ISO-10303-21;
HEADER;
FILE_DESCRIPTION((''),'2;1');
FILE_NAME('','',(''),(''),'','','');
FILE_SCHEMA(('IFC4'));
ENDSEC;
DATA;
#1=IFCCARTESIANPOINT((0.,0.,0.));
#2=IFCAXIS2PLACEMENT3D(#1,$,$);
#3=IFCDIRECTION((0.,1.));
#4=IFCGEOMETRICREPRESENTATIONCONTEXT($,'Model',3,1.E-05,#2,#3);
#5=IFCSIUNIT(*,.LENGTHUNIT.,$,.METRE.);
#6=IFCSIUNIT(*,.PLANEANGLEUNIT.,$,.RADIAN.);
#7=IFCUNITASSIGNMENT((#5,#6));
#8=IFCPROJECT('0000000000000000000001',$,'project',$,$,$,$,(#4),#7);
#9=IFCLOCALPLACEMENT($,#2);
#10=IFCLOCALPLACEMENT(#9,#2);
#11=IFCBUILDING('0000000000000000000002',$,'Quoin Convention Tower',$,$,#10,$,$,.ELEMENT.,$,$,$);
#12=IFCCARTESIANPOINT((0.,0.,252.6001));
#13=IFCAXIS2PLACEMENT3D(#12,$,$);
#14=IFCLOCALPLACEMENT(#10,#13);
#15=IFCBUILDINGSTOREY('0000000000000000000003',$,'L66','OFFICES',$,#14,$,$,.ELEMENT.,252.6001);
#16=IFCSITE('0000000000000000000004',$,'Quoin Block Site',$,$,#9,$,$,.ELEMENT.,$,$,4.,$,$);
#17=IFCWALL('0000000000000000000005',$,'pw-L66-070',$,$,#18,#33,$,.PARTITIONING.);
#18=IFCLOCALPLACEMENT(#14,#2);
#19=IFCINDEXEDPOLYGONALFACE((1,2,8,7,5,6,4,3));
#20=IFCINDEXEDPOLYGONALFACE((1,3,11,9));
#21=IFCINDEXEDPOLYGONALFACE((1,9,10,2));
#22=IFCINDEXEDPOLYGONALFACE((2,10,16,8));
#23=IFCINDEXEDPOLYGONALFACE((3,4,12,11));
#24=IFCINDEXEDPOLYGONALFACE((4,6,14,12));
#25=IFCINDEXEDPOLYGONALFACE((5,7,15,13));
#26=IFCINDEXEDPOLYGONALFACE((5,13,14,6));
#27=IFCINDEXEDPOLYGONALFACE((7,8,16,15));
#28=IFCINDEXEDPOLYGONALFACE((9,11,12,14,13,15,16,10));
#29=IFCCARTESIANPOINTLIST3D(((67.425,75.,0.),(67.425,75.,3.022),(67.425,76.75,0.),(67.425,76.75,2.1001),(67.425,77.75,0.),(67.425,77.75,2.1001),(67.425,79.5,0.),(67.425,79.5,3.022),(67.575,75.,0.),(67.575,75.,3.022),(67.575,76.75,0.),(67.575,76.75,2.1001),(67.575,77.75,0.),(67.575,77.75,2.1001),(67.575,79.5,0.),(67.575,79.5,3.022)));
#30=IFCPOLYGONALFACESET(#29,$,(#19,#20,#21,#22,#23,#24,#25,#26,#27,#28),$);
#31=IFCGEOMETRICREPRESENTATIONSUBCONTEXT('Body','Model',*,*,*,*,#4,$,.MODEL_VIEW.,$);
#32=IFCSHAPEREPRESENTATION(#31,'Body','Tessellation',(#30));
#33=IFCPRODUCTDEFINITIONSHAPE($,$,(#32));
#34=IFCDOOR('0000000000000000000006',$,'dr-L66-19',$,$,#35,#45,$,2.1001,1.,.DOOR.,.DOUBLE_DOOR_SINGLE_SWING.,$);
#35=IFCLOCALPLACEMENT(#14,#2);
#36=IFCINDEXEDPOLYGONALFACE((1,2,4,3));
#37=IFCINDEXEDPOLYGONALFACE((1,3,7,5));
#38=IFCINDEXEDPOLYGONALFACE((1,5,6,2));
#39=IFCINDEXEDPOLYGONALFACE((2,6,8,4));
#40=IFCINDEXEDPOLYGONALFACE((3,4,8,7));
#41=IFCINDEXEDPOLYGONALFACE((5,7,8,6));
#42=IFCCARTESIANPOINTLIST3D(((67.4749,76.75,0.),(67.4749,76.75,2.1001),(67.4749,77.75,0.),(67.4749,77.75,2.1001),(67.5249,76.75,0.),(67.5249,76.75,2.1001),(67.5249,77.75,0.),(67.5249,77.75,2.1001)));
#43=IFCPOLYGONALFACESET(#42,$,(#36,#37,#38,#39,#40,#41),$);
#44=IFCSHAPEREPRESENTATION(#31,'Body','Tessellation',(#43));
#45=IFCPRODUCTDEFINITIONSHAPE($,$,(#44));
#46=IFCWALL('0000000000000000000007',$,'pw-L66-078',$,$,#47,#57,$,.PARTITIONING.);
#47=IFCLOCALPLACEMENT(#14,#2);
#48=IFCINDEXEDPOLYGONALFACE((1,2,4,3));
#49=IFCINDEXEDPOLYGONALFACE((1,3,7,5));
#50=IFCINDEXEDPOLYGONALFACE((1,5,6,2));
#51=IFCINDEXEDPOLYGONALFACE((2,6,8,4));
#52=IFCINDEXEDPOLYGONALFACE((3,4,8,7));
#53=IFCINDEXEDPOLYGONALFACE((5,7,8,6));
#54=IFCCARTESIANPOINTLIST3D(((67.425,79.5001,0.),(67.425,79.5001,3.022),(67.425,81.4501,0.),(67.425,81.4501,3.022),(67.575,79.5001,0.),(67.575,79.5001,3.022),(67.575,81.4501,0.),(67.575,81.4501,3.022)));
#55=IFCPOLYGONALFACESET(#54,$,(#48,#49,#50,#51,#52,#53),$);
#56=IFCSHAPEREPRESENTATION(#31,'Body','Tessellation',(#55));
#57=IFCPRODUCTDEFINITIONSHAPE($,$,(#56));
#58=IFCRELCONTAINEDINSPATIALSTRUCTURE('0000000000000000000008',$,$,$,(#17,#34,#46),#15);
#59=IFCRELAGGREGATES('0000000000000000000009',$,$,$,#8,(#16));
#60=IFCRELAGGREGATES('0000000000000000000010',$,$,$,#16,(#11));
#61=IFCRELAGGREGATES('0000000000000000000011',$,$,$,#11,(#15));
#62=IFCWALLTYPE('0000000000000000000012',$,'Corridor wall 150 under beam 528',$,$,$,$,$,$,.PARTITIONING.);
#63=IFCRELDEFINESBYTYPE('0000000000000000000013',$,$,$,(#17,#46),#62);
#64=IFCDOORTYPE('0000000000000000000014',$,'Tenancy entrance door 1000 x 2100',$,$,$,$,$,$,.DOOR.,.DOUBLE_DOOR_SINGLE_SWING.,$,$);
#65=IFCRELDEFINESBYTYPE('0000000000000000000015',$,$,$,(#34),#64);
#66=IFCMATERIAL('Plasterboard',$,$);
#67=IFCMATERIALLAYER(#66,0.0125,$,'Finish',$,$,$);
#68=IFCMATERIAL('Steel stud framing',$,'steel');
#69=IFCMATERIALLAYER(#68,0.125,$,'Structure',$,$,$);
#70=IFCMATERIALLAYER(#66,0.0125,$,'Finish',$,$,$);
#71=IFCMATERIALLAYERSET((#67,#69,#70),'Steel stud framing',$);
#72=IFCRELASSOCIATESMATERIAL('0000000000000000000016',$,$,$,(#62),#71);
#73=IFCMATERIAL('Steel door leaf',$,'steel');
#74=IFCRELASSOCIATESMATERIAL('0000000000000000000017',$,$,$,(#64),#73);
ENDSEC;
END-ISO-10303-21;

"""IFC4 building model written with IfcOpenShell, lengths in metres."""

from ifc_helpers import new_model, si_unit, direction, frame, frame_2d, origin, place, context, subcontext, project, spatial, rectangle, extrude, material, layer, layer_set, type_object, element, fill, save


model = new_model("IFC4")

# Units and contexts
model_context = context("Model", 3, precision=1e-05, world=origin(), true_north=direction((0.0, 1.0)))
body_context = subcontext(model_context, "Body", "Model", "MODEL_VIEW")
ifc_project = project(units=[si_unit("LENGTHUNIT", "METRE"), si_unit("PLANEANGLEUNIT", "RADIAN")], contexts=[model_context])

# Site, building, storey
site_placement = place(None, origin())
site = spatial("IfcSite", under=ifc_project, at=site_placement, Name="Quoin Block Site", CompositionType="ELEMENT", RefElevation=4.0)
building_placement = place(site_placement, origin())
building = spatial("IfcBuilding", under=site, at=building_placement, Name="Quoin Convention Tower", CompositionType="ELEMENT")
storey_placement = place(building_placement, frame((0.0, 0.0, 252.6001)))
storey = spatial("IfcBuildingStorey", under=building, at=storey_placement, Name="L66", Description="OFFICES", CompositionType="ELEMENT", Elevation=252.6001)

# Shared definitions
ifc_material_1 = material(Name="Plasterboard")
ifc_material_2 = material(Name="Steel stud framing", Category="steel")

# Shared definitions
ifc_layer_1 = layer(ifc_material_1, 0.0125, Name="Finish")
ifc_layer_2 = layer(ifc_material_2, 0.125, Name="Structure")
ifc_layer_3 = layer(ifc_material_1, 0.0125, Name="Finish")
ifc_layer_set_1 = layer_set([ifc_layer_1, ifc_layer_2, ifc_layer_3], Name="Steel stud framing")
wall_type_1 = type_object("IfcWallType", Name="Corridor wall 150 under beam 528", PredefinedType="PARTITIONING", material=ifc_layer_set_1)

# Wall, opening, door
wall_1_placement = place(storey_placement, frame((67.5, 75.0, 0.0), z_axis=(0.0, 0.0, 1.0), x_axis=(0.0, 1.0, 0.0)))
wall_1 = element("IfcWall", 1, at=wall_1_placement, inside=storey, type_object=wall_type_1, Name="pw-L66-070", PredefinedType="PARTITIONING", context=body_context, shape_type="SweptSolid", body=[
    extrude(rectangle(XDim=4.5, YDim=0.1499, at=frame_2d((2.25, 0.0))), origin(), (0.0, 0.0, 1.0), 3.022),
])
opening_1_placement = place(wall_1_placement, frame((1.75, 0.0, 0.0)))
opening_1 = element("IfcOpeningElement", 2, at=opening_1_placement, cuts=wall_1, PredefinedType="OPENING", context=body_context, shape_type="SweptSolid", body=[
    extrude(rectangle(XDim=1.0, YDim=2.1001, at=frame_2d((0.5, 1.05))), frame((0.0, 0.085, 0.0), z_axis=(0.0, -1.0, 0.0), x_axis=(1.0, 0.0, 0.0)), (0.0, 0.0, 1.0), 0.1699),
])
ifc_material_3 = material(Name="Steel door leaf", Category="steel")
door_type = type_object("IfcDoorType", Name="Tenancy entrance door 1000 x 2100", OperationType="DOUBLE_DOOR_SINGLE_SWING", PredefinedType="DOOR", material=ifc_material_3)
door_placement = place(opening_1_placement, frame((1.0, 0.0, 0.0), z_axis=(0.0, 0.0, 1.0), x_axis=(-1.0, 0.0, 0.0)))
door = element("IfcDoor", 3, at=door_placement, inside=storey, type_object=door_type, Name="dr-L66-19", OperationType="DOUBLE_DOOR_SINGLE_SWING", OverallHeight=2.1001, OverallWidth=1.0, PredefinedType="DOOR", context=body_context, shape_type="SweptSolid", body=[
    extrude(rectangle(XDim=1.0, YDim=2.1001, at=frame_2d((0.5, 1.05))), frame((0.0, 0.0249, 0.0), z_axis=(0.0, -1.0, 0.0), x_axis=(1.0, 0.0, 0.0)), (0.0, 0.0, 1.0), 0.05),
])
fill(opening_1, door)

# Wall
wall_2_placement = place(storey_placement, frame((67.5, 79.5, 0.0), z_axis=(0.0, 0.0, 1.0), x_axis=(0.0, 1.0, 0.0)))
element("IfcWall", 4, at=wall_2_placement, inside=storey, type_object=wall_type_1, Name="pw-L66-078", PredefinedType="PARTITIONING", context=body_context, shape_type="SweptSolid", body=[
    extrude(rectangle(XDim=1.95, YDim=0.1499, at=frame_2d((0.9751, 0.0))), origin(), (0.0, 0.0, 1.0), 3.022),
])

save(model, "model.ifc")
